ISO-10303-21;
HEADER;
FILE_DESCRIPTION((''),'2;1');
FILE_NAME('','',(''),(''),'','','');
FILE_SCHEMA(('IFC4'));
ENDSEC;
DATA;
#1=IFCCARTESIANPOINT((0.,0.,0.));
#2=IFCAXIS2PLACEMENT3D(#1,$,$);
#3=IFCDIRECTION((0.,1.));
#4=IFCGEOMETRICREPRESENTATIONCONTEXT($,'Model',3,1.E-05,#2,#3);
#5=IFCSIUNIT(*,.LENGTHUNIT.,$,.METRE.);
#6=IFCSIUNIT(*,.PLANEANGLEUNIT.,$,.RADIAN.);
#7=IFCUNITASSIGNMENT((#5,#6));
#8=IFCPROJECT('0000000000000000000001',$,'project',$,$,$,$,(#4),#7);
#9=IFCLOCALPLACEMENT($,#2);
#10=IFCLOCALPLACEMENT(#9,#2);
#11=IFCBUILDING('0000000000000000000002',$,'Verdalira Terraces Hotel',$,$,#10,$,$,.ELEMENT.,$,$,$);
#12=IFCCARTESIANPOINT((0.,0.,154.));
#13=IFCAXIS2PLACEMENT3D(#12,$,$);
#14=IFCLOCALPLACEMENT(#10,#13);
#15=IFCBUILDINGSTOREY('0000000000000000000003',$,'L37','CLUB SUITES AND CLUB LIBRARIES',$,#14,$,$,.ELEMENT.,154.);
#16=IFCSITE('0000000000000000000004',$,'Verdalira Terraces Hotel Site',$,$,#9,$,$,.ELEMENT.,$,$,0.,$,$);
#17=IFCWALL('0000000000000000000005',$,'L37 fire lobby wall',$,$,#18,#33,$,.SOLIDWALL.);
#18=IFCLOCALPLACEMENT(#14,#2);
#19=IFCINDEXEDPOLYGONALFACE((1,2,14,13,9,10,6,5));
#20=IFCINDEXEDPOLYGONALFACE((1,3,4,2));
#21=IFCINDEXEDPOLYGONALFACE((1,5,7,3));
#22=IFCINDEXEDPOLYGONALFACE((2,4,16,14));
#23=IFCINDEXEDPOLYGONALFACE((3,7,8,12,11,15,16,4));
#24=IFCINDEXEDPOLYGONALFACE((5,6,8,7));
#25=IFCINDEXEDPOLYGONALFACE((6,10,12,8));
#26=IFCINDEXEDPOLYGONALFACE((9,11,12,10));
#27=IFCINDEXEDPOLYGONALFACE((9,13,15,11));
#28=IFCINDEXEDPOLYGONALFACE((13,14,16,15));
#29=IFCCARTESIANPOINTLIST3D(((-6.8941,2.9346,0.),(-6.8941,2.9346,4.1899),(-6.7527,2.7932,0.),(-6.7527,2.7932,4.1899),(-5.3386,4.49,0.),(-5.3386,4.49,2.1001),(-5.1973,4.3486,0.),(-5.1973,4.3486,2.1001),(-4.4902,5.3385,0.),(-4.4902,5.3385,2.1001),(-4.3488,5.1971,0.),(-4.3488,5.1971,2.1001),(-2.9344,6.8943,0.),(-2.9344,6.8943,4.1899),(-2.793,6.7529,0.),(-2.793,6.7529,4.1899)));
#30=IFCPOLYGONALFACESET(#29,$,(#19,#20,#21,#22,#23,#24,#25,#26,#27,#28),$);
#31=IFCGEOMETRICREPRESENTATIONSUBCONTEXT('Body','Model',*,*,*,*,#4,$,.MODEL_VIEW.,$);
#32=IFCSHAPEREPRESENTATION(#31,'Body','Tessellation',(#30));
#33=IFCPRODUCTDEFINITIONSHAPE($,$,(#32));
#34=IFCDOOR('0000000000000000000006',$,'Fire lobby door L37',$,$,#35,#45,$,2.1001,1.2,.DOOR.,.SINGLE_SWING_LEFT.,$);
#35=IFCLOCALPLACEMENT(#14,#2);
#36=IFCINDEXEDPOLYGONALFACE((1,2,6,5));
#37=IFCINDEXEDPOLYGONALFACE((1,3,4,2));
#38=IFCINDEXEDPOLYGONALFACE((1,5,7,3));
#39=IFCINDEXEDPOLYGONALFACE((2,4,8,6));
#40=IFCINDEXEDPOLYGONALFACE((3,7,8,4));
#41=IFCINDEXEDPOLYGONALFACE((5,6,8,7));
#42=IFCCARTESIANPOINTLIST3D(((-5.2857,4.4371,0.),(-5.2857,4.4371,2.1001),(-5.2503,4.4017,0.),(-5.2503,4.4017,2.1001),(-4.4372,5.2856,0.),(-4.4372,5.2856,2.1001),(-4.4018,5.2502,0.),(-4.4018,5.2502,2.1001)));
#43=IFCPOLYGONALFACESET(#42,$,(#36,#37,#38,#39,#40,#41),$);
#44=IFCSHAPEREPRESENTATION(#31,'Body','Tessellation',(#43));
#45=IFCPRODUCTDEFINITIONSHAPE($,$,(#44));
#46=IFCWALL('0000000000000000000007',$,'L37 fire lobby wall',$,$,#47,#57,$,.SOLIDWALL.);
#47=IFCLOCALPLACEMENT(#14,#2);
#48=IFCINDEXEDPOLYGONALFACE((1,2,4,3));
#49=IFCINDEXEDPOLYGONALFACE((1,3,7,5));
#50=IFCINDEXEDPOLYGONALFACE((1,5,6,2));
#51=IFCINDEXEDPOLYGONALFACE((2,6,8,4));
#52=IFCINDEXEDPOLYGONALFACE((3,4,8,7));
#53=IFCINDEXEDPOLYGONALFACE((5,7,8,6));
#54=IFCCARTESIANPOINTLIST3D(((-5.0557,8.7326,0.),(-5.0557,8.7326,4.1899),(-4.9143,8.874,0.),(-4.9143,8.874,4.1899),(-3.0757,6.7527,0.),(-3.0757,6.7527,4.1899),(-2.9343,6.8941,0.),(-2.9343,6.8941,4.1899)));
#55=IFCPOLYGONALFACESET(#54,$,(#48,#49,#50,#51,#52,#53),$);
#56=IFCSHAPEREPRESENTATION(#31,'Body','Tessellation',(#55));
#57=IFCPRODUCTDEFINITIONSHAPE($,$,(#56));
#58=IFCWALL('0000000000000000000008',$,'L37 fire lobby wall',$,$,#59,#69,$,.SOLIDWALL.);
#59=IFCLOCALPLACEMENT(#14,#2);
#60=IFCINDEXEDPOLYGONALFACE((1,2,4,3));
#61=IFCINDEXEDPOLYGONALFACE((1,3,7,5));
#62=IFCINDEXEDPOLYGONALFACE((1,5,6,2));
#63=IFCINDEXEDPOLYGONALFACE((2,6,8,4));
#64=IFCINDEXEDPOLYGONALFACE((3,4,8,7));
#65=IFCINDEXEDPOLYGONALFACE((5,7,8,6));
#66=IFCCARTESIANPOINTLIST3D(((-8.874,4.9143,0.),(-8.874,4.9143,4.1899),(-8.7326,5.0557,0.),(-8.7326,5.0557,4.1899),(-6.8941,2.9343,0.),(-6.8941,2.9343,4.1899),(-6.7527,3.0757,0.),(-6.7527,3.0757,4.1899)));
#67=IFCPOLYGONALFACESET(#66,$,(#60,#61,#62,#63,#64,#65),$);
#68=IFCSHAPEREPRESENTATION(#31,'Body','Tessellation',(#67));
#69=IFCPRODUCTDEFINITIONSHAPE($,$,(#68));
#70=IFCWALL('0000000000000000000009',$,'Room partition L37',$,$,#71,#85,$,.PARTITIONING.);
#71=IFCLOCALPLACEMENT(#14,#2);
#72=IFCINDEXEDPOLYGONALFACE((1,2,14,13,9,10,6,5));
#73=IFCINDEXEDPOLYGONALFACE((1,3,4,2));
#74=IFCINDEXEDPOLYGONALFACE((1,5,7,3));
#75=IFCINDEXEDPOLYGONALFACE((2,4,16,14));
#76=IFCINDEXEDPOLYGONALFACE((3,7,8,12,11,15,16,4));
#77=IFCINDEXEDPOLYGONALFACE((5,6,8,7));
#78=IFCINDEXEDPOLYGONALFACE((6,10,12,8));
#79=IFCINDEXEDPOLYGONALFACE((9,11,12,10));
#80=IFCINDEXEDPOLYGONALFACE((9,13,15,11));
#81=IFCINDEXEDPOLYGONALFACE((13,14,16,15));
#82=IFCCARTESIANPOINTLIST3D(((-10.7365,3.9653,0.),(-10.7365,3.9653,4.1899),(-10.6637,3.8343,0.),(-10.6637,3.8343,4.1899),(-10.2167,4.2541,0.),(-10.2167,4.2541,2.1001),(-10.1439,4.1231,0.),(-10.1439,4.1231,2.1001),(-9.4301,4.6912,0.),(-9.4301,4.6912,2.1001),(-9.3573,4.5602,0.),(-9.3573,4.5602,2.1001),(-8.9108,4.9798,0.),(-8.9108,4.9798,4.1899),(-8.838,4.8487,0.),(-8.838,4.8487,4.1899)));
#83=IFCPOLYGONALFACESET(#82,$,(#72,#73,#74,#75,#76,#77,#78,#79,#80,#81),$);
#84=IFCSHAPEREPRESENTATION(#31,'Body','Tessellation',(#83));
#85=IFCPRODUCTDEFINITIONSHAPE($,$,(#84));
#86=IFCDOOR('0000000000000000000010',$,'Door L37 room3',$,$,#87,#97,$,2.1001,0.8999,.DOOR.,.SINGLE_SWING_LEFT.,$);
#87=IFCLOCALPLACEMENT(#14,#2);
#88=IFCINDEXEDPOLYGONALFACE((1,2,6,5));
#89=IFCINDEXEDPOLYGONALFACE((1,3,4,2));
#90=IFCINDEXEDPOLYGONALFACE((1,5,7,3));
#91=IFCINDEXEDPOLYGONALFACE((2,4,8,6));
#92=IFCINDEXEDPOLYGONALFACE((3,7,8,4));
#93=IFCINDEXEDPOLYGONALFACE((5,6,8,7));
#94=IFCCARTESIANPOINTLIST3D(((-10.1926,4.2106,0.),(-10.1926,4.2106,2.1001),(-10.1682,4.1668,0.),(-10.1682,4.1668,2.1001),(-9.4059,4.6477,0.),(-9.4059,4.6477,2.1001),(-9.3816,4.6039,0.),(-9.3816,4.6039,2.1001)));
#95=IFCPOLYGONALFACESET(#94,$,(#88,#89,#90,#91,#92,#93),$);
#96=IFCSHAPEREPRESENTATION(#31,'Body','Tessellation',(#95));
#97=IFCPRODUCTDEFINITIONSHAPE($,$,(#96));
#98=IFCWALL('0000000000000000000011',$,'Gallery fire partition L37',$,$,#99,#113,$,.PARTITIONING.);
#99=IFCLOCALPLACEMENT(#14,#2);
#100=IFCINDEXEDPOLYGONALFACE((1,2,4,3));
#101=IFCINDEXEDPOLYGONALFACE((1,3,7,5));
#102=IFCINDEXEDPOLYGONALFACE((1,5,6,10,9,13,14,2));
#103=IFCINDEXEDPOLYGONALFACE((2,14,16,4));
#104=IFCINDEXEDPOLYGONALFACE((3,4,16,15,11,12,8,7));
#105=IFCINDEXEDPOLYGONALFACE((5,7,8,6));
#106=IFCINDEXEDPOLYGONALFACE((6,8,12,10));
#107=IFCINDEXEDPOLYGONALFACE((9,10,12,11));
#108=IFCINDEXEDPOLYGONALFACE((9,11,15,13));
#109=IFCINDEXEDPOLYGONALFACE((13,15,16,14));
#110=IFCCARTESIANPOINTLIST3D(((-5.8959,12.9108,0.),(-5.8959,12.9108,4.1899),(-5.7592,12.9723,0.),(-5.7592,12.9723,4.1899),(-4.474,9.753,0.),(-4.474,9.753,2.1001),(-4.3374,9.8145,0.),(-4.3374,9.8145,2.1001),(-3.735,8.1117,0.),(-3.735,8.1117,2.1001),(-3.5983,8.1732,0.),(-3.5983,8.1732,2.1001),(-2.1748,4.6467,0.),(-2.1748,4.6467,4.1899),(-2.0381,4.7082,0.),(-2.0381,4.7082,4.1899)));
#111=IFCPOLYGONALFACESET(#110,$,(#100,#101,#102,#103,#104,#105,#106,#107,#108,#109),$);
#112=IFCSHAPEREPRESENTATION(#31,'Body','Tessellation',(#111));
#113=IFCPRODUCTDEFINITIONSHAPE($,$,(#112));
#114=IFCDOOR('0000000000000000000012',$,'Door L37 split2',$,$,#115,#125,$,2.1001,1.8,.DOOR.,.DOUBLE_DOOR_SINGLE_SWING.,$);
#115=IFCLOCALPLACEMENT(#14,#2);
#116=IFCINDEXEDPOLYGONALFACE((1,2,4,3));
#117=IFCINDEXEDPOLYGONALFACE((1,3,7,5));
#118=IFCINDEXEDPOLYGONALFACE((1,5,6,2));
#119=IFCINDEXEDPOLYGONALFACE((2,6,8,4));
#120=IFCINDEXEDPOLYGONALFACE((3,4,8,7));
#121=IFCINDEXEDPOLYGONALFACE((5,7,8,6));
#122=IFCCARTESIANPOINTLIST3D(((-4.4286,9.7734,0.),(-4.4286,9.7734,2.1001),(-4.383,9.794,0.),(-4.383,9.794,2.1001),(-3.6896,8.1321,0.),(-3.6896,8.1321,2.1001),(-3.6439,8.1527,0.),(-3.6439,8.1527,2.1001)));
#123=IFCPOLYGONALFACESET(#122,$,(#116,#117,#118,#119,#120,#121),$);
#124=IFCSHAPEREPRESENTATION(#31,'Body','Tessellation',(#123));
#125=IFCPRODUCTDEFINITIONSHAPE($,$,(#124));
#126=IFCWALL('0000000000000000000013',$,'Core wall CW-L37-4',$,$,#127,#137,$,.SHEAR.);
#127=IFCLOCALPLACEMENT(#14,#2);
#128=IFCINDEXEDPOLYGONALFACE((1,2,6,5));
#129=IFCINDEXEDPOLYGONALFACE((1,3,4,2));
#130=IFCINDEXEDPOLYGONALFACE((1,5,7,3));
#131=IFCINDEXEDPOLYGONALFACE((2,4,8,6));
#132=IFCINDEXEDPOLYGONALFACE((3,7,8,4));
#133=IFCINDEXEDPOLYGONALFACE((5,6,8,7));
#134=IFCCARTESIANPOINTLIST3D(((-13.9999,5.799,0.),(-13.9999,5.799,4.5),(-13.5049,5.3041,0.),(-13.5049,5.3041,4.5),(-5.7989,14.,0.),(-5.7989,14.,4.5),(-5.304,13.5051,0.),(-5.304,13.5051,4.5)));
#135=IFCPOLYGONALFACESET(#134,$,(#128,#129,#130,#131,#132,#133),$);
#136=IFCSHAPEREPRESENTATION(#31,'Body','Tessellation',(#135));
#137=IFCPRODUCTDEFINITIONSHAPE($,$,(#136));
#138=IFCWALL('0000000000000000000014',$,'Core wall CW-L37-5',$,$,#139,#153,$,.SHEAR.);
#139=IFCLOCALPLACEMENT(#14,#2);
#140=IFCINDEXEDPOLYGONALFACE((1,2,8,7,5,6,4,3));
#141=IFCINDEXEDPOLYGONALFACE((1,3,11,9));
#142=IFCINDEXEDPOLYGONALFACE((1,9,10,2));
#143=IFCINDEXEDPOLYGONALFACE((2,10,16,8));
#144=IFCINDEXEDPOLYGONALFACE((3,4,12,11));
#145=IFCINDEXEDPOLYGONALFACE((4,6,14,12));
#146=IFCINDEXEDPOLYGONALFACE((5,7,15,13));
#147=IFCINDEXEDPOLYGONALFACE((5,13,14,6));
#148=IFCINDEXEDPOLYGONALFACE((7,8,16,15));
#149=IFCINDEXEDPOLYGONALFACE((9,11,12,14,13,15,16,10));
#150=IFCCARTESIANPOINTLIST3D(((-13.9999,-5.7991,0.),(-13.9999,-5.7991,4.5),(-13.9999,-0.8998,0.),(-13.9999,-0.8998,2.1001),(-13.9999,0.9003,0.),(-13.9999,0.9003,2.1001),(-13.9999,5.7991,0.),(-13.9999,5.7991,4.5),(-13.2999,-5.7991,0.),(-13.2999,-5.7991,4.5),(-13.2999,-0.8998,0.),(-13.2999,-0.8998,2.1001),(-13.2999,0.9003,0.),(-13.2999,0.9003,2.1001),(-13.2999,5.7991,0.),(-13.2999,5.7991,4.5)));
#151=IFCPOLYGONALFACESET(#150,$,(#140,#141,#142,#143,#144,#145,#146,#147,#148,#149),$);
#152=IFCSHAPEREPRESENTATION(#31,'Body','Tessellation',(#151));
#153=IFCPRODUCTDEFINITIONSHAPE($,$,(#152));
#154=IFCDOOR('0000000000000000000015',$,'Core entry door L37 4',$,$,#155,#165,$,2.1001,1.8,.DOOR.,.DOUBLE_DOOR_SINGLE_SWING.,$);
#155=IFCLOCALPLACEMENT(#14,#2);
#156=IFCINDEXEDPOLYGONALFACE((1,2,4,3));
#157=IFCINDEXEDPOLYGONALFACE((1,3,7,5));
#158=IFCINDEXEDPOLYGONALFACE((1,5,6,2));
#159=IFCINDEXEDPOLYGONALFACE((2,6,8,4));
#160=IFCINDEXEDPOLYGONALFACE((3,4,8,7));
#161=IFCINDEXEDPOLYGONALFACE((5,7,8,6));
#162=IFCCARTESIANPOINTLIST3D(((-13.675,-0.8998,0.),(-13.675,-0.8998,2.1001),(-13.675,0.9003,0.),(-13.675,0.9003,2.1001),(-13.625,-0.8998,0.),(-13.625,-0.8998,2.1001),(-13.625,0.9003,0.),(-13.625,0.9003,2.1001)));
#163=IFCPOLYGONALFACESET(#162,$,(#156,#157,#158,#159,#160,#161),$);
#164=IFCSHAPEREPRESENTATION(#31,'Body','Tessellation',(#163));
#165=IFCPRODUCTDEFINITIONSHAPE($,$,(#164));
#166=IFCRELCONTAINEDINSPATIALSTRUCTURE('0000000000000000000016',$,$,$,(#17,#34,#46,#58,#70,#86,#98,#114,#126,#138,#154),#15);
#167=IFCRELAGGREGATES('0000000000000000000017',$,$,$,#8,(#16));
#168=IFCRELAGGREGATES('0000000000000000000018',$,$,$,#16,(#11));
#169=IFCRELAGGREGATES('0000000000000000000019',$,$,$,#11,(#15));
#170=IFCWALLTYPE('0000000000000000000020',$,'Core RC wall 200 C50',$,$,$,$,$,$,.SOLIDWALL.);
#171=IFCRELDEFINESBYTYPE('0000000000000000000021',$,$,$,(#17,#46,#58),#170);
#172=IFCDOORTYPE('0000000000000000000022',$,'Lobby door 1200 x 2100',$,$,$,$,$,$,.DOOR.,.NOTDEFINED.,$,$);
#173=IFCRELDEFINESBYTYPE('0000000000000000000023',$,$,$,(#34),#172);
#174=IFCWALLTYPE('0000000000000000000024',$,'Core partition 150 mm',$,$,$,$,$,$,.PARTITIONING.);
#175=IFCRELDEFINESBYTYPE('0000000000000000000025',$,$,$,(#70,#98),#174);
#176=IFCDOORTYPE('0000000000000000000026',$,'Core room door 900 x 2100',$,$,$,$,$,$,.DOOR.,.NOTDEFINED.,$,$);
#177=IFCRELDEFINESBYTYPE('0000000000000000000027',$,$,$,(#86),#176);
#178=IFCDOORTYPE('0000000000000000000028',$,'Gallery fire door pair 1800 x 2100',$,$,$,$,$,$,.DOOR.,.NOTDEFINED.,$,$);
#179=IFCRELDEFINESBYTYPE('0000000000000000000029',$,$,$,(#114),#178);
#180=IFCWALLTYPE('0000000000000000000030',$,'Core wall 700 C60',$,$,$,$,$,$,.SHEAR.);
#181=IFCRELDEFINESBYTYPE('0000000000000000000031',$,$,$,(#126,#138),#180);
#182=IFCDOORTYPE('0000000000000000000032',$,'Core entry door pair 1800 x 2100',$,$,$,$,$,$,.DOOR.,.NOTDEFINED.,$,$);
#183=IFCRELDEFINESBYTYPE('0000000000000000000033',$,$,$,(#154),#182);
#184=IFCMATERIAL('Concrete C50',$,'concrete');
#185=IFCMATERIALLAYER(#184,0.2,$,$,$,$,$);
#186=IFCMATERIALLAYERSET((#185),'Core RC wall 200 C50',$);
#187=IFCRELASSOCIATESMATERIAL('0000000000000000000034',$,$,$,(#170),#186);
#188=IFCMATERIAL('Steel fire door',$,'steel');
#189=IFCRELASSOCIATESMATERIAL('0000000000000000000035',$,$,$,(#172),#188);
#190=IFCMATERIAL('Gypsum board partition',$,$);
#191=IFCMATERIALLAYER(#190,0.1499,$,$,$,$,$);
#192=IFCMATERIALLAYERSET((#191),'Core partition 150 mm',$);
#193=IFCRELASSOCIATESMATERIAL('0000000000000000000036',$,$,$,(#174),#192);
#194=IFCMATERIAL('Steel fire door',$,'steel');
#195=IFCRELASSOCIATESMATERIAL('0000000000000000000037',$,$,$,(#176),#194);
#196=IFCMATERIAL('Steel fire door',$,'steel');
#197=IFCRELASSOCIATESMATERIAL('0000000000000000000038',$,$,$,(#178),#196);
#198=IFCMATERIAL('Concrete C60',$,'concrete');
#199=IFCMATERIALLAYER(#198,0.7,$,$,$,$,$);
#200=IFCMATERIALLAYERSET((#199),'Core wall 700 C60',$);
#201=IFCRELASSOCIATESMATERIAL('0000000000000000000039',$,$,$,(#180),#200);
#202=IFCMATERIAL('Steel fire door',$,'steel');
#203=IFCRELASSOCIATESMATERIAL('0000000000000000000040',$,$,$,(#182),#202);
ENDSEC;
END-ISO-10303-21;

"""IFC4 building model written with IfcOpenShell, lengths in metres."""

from ifc_helpers import new_model, si_unit, direction, frame, frame_2d, origin, place, context, subcontext, project, spatial, rectangle, extrude, material, layer, layer_set, type_object, element, fill, save


model = new_model("IFC4")

# Units and contexts
model_context = context("Model", 3, precision=1e-05, world=origin(), true_north=direction((0.0, 1.0)))
body_context = subcontext(model_context, "Body", "Model", "MODEL_VIEW")
ifc_project = project(units=[si_unit("LENGTHUNIT", "METRE"), si_unit("PLANEANGLEUNIT", "RADIAN")], contexts=[model_context])

# Site, building, storey
site_placement = place(None, origin())
site = spatial("IfcSite", under=ifc_project, at=site_placement, Name="Verdalira Terraces Hotel Site", CompositionType="ELEMENT", RefElevation=0.0)
building_placement = place(site_placement, origin())
building = spatial("IfcBuilding", under=site, at=building_placement, Name="Verdalira Terraces Hotel", CompositionType="ELEMENT")
storey_placement = place(building_placement, frame((0.0, 0.0, 154.0)))
storey = spatial("IfcBuildingStorey", under=building, at=storey_placement, Name="L37", Description="CLUB SUITES AND CLUB LIBRARIES", CompositionType="ELEMENT", Elevation=154.0)

# Wall, opening, door
ifc_material_1 = material(Name="Concrete C50", Category="concrete")
ifc_layer_1 = layer(ifc_material_1, 0.2)
ifc_layer_set_1 = layer_set([ifc_layer_1], Name="Core RC wall 200 C50")
wall_type_1 = type_object("IfcWallType", Name="Core RC wall 200 C50", PredefinedType="SOLIDWALL", material=ifc_layer_set_1)
wall_1_placement = place(storey_placement, frame((-2.8638, 6.8235, 0.0), z_axis=(0.0, 0.0, 1.0), x_axis=(-0.707107, -0.707107, 0.0)))
wall_1 = element("IfcWall", 1, at=wall_1_placement, inside=storey, type_object=wall_type_1, Name="L37 fire lobby wall", PredefinedType="SOLIDWALL", context=body_context, shape_type="SweptSolid", body=[
    extrude(rectangle(XDim=5.5999, YDim=0.2, at=frame_2d((2.7998, 0.0))), origin(), (0.0, 0.0, 1.0), 4.1899),
])
opening_1_placement = place(wall_1_placement, frame((2.2, 0.0, 0.0)))
opening_1 = element("IfcOpeningElement", 2, at=opening_1_placement, cuts=wall_1, PredefinedType="OPENING", context=body_context, shape_type="SweptSolid", body=[
    extrude(rectangle(XDim=1.2, YDim=2.1001, at=frame_2d((0.6001, 1.05))), frame((0.0, 0.1099, 0.0), z_axis=(0.0, -1.0, 0.0), x_axis=(1.0, 0.0, 0.0)), (0.0, 0.0, 1.0), 0.22),
])
ifc_material_2 = material(Name="Steel fire door", Category="steel")
door_type_1 = type_object("IfcDoorType", Name="Lobby door 1200 x 2100", OperationType="NOTDEFINED", PredefinedType="DOOR", material=ifc_material_2)
door_1_placement = place(opening_1_placement, origin())
door_1 = element("IfcDoor", 3, at=door_1_placement, inside=storey, type_object=door_type_1, Name="Fire lobby door L37", OperationType="SINGLE_SWING_LEFT", OverallHeight=2.1001, OverallWidth=1.2, PredefinedType="DOOR", context=body_context, shape_type="SweptSolid", body=[
    extrude(rectangle(XDim=1.2, YDim=2.1001, at=frame_2d((0.6001, 1.05))), frame((0.0, 0.0249, 0.0), z_axis=(0.0, -1.0, 0.0), x_axis=(1.0, 0.0, 0.0)), (0.0, 0.0, 1.0), 0.05),
])
fill(opening_1, door_1)

# Walls
for number, where, z_axis, x_axis, name in (
    (4, (-3.0051, 6.8235, 0.0), (0.0, 0.0, 1.0), (-0.707107, 0.707107, 0.0), "L37 fire lobby wall"),
    (5, (-6.8235, 3.0051, 0.0), (0.0, 0.0, 1.0), (-0.707107, 0.707107, 0.0), "L37 fire lobby wall"),
):
    element("IfcWall", number, at=place(storey_placement, frame(where, z_axis=z_axis, x_axis=x_axis)), inside=storey, type_object=wall_type_1, Name=name, PredefinedType="SOLIDWALL", context=body_context, shape_type="SweptSolid", body=[
        extrude(rectangle(XDim=2.8, YDim=0.2, at=frame_2d((1.3999, 0.0))), origin(), (0.0, 0.0, 1.0), 4.1899),
    ])

# Walls, openings, doors
ifc_material_3 = material(Name="Gypsum board partition")
ifc_layer_2 = layer(ifc_material_3, 0.1499)
ifc_layer_set_2 = layer_set([ifc_layer_2], Name="Core partition 150 mm")
wall_type_2 = type_object("IfcWallType", Name="Core partition 150 mm", PredefinedType="PARTITIONING", material=ifc_layer_set_2)
wall_2_placement = place(storey_placement, frame((-8.8743, 4.9143, 0.0), z_axis=(0.0, 0.0, 1.0), x_axis=(-0.87413, -0.485693, 0.0)))
wall_2 = element("IfcWall", 6, at=wall_2_placement, inside=storey, type_object=wall_type_2, Name="Room partition L37", PredefinedType="PARTITIONING", context=body_context, shape_type="SweptSolid", body=[
    extrude(rectangle(XDim=2.0886, YDim=0.1499, at=frame_2d((1.0444, 0.0))), origin(), (0.0, 0.0, 1.0), 4.1899),
])
opening_2_placement = place(wall_2_placement, frame((0.5942, 0.0, 0.0)))
opening_2 = element("IfcOpeningElement", 7, at=opening_2_placement, cuts=wall_2, PredefinedType="OPENING", context=body_context, shape_type="SweptSolid", body=[
    extrude(rectangle(XDim=0.8999, YDim=2.1001, at=frame_2d((0.45, 1.05))), frame((0.0, 0.085, 0.0), z_axis=(0.0, -1.0, 0.0), x_axis=(1.0, 0.0, 0.0)), (0.0, 0.0, 1.0), 0.1699),
])
ifc_material_4 = material(Name="Steel fire door", Category="steel")
door_type_2 = type_object("IfcDoorType", Name="Core room door 900 x 2100", OperationType="NOTDEFINED", PredefinedType="DOOR", material=ifc_material_4)
door_2_placement = place(opening_2_placement, origin())
door_2 = element("IfcDoor", 8, at=door_2_placement, inside=storey, type_object=door_type_2, Name="Door L37 room3", OperationType="SINGLE_SWING_LEFT", OverallHeight=2.1001, OverallWidth=0.8999, PredefinedType="DOOR", context=body_context, shape_type="SweptSolid", body=[
    extrude(rectangle(XDim=0.8999, YDim=2.1001, at=frame_2d((0.45, 1.05))), frame((0.0, 0.0249, 0.0), z_axis=(0.0, -1.0, 0.0), x_axis=(1.0, 0.0, 0.0)), (0.0, 0.0, 1.0), 0.05),
])
fill(opening_2, door_2)
wall_3_placement = place(storey_placement, frame((-5.8276, 12.9416, 0.0), z_axis=(0.0, 0.0, 1.0), x_axis=(0.410577, -0.911826, 0.0)))
wall_3 = element("IfcWall", 9, at=wall_3_placement, inside=storey, type_object=wall_type_2, Name="Gallery fire partition L37", PredefinedType="PARTITIONING", context=body_context, shape_type="SweptSolid", body=[
    extrude(rectangle(XDim=9.0632, YDim=0.1499, at=frame_2d((4.5317, 0.0))), origin(), (0.0, 0.0, 1.0), 4.1899),
])
opening_3_placement = place(wall_3_placement, frame((3.4634, 0.0, 0.0)))
opening_3 = element("IfcOpeningElement", 10, at=opening_3_placement, cuts=wall_3, PredefinedType="OPENING", context=body_context, shape_type="SweptSolid", body=[
    extrude(rectangle(XDim=1.8, YDim=2.1001, at=frame_2d((0.8999, 1.05))), frame((0.0, 0.085, 0.0), z_axis=(0.0, -1.0, 0.0), x_axis=(1.0, 0.0, 0.0)), (0.0, 0.0, 1.0), 0.1699),
])
ifc_material_5 = material(Name="Steel fire door", Category="steel")
door_type_3 = type_object("IfcDoorType", Name="Gallery fire door pair 1800 x 2100", OperationType="NOTDEFINED", PredefinedType="DOOR", material=ifc_material_5)
door_3_placement = place(opening_3_placement, origin())
door_3 = element("IfcDoor", 11, at=door_3_placement, inside=storey, type_object=door_type_3, Name="Door L37 split2", OperationType="DOUBLE_DOOR_SINGLE_SWING", OverallHeight=2.1001, OverallWidth=1.8, PredefinedType="DOOR", context=body_context, shape_type="SweptSolid", body=[
    extrude(rectangle(XDim=1.8, YDim=2.1001, at=frame_2d((0.8999, 1.05))), frame((0.0, 0.0249, 0.0), z_axis=(0.0, -1.0, 0.0), x_axis=(1.0, 0.0, 0.0)), (0.0, 0.0, 1.0), 0.05),
])
fill(opening_3, door_3)

# Wall
ifc_material_6 = material(Name="Concrete C60", Category="concrete")
ifc_layer_3 = layer(ifc_material_6, 0.7)
ifc_layer_set_3 = layer_set([ifc_layer_3], Name="Core wall 700 C60")
wall_type_3 = type_object("IfcWallType", Name="Core wall 700 C60", PredefinedType="SHEAR", material=ifc_layer_set_3)
wall_4_placement = place(storey_placement, frame((-5.5515, 13.7524, 0.0), z_axis=(0.0, 0.0, 1.0), x_axis=(-0.707107, -0.707107, 0.0)))
element("IfcWall", 12, at=wall_4_placement, inside=storey, type_object=wall_type_3, Name="Core wall CW-L37-4", PredefinedType="SHEAR", context=body_context, shape_type="SweptSolid", body=[
    extrude(rectangle(XDim=11.5979, YDim=0.7, at=frame_2d((5.7988, 0.0))), origin(), (0.0, 0.0, 1.0), 4.5),
])

# Wall, opening, door
wall_5_placement = place(storey_placement, frame((-13.6499, 5.7991, 0.0), z_axis=(0.0, 0.0, 1.0), x_axis=(0.0, -1.0, 0.0)))
wall_5 = element("IfcWall", 13, at=wall_5_placement, inside=storey, type_object=wall_type_3, Name="Core wall CW-L37-5", PredefinedType="SHEAR", context=body_context, shape_type="SweptSolid", body=[
    extrude(rectangle(XDim=11.5981, YDim=0.7, at=frame_2d((5.7991, 0.0))), origin(), (0.0, 0.0, 1.0), 4.5),
])
opening_4_placement = place(wall_5_placement, frame((4.8989, 0.0, 0.0)))
opening_4 = element("IfcOpeningElement", 14, at=opening_4_placement, cuts=wall_5, PredefinedType="OPENING", context=body_context, shape_type="SweptSolid", body=[
    extrude(rectangle(XDim=1.8, YDim=2.1001, at=frame_2d((0.8999, 1.05))), frame((0.0, 0.3599, 0.0), z_axis=(0.0, -1.0, 0.0), x_axis=(1.0, 0.0, 0.0)), (0.0, 0.0, 1.0), 0.72),
])
ifc_material_7 = material(Name="Steel fire door", Category="steel")
door_type_4 = type_object("IfcDoorType", Name="Core entry door pair 1800 x 2100", OperationType="NOTDEFINED", PredefinedType="DOOR", material=ifc_material_7)
door_4_placement = place(opening_4_placement, origin())
door_4 = element("IfcDoor", 15, at=door_4_placement, inside=storey, type_object=door_type_4, Name="Core entry door L37 4", OperationType="DOUBLE_DOOR_SINGLE_SWING", OverallHeight=2.1001, OverallWidth=1.8, PredefinedType="DOOR", context=body_context, shape_type="SweptSolid", body=[
    extrude(rectangle(XDim=1.8, YDim=2.1001, at=frame_2d((0.8999, 1.05))), frame((0.0, 0.0249, 0.0), z_axis=(0.0, -1.0, 0.0), x_axis=(1.0, 0.0, 0.0)), (0.0, 0.0, 1.0), 0.05),
])
fill(opening_4, door_4)

save(model, "model.ifc")
